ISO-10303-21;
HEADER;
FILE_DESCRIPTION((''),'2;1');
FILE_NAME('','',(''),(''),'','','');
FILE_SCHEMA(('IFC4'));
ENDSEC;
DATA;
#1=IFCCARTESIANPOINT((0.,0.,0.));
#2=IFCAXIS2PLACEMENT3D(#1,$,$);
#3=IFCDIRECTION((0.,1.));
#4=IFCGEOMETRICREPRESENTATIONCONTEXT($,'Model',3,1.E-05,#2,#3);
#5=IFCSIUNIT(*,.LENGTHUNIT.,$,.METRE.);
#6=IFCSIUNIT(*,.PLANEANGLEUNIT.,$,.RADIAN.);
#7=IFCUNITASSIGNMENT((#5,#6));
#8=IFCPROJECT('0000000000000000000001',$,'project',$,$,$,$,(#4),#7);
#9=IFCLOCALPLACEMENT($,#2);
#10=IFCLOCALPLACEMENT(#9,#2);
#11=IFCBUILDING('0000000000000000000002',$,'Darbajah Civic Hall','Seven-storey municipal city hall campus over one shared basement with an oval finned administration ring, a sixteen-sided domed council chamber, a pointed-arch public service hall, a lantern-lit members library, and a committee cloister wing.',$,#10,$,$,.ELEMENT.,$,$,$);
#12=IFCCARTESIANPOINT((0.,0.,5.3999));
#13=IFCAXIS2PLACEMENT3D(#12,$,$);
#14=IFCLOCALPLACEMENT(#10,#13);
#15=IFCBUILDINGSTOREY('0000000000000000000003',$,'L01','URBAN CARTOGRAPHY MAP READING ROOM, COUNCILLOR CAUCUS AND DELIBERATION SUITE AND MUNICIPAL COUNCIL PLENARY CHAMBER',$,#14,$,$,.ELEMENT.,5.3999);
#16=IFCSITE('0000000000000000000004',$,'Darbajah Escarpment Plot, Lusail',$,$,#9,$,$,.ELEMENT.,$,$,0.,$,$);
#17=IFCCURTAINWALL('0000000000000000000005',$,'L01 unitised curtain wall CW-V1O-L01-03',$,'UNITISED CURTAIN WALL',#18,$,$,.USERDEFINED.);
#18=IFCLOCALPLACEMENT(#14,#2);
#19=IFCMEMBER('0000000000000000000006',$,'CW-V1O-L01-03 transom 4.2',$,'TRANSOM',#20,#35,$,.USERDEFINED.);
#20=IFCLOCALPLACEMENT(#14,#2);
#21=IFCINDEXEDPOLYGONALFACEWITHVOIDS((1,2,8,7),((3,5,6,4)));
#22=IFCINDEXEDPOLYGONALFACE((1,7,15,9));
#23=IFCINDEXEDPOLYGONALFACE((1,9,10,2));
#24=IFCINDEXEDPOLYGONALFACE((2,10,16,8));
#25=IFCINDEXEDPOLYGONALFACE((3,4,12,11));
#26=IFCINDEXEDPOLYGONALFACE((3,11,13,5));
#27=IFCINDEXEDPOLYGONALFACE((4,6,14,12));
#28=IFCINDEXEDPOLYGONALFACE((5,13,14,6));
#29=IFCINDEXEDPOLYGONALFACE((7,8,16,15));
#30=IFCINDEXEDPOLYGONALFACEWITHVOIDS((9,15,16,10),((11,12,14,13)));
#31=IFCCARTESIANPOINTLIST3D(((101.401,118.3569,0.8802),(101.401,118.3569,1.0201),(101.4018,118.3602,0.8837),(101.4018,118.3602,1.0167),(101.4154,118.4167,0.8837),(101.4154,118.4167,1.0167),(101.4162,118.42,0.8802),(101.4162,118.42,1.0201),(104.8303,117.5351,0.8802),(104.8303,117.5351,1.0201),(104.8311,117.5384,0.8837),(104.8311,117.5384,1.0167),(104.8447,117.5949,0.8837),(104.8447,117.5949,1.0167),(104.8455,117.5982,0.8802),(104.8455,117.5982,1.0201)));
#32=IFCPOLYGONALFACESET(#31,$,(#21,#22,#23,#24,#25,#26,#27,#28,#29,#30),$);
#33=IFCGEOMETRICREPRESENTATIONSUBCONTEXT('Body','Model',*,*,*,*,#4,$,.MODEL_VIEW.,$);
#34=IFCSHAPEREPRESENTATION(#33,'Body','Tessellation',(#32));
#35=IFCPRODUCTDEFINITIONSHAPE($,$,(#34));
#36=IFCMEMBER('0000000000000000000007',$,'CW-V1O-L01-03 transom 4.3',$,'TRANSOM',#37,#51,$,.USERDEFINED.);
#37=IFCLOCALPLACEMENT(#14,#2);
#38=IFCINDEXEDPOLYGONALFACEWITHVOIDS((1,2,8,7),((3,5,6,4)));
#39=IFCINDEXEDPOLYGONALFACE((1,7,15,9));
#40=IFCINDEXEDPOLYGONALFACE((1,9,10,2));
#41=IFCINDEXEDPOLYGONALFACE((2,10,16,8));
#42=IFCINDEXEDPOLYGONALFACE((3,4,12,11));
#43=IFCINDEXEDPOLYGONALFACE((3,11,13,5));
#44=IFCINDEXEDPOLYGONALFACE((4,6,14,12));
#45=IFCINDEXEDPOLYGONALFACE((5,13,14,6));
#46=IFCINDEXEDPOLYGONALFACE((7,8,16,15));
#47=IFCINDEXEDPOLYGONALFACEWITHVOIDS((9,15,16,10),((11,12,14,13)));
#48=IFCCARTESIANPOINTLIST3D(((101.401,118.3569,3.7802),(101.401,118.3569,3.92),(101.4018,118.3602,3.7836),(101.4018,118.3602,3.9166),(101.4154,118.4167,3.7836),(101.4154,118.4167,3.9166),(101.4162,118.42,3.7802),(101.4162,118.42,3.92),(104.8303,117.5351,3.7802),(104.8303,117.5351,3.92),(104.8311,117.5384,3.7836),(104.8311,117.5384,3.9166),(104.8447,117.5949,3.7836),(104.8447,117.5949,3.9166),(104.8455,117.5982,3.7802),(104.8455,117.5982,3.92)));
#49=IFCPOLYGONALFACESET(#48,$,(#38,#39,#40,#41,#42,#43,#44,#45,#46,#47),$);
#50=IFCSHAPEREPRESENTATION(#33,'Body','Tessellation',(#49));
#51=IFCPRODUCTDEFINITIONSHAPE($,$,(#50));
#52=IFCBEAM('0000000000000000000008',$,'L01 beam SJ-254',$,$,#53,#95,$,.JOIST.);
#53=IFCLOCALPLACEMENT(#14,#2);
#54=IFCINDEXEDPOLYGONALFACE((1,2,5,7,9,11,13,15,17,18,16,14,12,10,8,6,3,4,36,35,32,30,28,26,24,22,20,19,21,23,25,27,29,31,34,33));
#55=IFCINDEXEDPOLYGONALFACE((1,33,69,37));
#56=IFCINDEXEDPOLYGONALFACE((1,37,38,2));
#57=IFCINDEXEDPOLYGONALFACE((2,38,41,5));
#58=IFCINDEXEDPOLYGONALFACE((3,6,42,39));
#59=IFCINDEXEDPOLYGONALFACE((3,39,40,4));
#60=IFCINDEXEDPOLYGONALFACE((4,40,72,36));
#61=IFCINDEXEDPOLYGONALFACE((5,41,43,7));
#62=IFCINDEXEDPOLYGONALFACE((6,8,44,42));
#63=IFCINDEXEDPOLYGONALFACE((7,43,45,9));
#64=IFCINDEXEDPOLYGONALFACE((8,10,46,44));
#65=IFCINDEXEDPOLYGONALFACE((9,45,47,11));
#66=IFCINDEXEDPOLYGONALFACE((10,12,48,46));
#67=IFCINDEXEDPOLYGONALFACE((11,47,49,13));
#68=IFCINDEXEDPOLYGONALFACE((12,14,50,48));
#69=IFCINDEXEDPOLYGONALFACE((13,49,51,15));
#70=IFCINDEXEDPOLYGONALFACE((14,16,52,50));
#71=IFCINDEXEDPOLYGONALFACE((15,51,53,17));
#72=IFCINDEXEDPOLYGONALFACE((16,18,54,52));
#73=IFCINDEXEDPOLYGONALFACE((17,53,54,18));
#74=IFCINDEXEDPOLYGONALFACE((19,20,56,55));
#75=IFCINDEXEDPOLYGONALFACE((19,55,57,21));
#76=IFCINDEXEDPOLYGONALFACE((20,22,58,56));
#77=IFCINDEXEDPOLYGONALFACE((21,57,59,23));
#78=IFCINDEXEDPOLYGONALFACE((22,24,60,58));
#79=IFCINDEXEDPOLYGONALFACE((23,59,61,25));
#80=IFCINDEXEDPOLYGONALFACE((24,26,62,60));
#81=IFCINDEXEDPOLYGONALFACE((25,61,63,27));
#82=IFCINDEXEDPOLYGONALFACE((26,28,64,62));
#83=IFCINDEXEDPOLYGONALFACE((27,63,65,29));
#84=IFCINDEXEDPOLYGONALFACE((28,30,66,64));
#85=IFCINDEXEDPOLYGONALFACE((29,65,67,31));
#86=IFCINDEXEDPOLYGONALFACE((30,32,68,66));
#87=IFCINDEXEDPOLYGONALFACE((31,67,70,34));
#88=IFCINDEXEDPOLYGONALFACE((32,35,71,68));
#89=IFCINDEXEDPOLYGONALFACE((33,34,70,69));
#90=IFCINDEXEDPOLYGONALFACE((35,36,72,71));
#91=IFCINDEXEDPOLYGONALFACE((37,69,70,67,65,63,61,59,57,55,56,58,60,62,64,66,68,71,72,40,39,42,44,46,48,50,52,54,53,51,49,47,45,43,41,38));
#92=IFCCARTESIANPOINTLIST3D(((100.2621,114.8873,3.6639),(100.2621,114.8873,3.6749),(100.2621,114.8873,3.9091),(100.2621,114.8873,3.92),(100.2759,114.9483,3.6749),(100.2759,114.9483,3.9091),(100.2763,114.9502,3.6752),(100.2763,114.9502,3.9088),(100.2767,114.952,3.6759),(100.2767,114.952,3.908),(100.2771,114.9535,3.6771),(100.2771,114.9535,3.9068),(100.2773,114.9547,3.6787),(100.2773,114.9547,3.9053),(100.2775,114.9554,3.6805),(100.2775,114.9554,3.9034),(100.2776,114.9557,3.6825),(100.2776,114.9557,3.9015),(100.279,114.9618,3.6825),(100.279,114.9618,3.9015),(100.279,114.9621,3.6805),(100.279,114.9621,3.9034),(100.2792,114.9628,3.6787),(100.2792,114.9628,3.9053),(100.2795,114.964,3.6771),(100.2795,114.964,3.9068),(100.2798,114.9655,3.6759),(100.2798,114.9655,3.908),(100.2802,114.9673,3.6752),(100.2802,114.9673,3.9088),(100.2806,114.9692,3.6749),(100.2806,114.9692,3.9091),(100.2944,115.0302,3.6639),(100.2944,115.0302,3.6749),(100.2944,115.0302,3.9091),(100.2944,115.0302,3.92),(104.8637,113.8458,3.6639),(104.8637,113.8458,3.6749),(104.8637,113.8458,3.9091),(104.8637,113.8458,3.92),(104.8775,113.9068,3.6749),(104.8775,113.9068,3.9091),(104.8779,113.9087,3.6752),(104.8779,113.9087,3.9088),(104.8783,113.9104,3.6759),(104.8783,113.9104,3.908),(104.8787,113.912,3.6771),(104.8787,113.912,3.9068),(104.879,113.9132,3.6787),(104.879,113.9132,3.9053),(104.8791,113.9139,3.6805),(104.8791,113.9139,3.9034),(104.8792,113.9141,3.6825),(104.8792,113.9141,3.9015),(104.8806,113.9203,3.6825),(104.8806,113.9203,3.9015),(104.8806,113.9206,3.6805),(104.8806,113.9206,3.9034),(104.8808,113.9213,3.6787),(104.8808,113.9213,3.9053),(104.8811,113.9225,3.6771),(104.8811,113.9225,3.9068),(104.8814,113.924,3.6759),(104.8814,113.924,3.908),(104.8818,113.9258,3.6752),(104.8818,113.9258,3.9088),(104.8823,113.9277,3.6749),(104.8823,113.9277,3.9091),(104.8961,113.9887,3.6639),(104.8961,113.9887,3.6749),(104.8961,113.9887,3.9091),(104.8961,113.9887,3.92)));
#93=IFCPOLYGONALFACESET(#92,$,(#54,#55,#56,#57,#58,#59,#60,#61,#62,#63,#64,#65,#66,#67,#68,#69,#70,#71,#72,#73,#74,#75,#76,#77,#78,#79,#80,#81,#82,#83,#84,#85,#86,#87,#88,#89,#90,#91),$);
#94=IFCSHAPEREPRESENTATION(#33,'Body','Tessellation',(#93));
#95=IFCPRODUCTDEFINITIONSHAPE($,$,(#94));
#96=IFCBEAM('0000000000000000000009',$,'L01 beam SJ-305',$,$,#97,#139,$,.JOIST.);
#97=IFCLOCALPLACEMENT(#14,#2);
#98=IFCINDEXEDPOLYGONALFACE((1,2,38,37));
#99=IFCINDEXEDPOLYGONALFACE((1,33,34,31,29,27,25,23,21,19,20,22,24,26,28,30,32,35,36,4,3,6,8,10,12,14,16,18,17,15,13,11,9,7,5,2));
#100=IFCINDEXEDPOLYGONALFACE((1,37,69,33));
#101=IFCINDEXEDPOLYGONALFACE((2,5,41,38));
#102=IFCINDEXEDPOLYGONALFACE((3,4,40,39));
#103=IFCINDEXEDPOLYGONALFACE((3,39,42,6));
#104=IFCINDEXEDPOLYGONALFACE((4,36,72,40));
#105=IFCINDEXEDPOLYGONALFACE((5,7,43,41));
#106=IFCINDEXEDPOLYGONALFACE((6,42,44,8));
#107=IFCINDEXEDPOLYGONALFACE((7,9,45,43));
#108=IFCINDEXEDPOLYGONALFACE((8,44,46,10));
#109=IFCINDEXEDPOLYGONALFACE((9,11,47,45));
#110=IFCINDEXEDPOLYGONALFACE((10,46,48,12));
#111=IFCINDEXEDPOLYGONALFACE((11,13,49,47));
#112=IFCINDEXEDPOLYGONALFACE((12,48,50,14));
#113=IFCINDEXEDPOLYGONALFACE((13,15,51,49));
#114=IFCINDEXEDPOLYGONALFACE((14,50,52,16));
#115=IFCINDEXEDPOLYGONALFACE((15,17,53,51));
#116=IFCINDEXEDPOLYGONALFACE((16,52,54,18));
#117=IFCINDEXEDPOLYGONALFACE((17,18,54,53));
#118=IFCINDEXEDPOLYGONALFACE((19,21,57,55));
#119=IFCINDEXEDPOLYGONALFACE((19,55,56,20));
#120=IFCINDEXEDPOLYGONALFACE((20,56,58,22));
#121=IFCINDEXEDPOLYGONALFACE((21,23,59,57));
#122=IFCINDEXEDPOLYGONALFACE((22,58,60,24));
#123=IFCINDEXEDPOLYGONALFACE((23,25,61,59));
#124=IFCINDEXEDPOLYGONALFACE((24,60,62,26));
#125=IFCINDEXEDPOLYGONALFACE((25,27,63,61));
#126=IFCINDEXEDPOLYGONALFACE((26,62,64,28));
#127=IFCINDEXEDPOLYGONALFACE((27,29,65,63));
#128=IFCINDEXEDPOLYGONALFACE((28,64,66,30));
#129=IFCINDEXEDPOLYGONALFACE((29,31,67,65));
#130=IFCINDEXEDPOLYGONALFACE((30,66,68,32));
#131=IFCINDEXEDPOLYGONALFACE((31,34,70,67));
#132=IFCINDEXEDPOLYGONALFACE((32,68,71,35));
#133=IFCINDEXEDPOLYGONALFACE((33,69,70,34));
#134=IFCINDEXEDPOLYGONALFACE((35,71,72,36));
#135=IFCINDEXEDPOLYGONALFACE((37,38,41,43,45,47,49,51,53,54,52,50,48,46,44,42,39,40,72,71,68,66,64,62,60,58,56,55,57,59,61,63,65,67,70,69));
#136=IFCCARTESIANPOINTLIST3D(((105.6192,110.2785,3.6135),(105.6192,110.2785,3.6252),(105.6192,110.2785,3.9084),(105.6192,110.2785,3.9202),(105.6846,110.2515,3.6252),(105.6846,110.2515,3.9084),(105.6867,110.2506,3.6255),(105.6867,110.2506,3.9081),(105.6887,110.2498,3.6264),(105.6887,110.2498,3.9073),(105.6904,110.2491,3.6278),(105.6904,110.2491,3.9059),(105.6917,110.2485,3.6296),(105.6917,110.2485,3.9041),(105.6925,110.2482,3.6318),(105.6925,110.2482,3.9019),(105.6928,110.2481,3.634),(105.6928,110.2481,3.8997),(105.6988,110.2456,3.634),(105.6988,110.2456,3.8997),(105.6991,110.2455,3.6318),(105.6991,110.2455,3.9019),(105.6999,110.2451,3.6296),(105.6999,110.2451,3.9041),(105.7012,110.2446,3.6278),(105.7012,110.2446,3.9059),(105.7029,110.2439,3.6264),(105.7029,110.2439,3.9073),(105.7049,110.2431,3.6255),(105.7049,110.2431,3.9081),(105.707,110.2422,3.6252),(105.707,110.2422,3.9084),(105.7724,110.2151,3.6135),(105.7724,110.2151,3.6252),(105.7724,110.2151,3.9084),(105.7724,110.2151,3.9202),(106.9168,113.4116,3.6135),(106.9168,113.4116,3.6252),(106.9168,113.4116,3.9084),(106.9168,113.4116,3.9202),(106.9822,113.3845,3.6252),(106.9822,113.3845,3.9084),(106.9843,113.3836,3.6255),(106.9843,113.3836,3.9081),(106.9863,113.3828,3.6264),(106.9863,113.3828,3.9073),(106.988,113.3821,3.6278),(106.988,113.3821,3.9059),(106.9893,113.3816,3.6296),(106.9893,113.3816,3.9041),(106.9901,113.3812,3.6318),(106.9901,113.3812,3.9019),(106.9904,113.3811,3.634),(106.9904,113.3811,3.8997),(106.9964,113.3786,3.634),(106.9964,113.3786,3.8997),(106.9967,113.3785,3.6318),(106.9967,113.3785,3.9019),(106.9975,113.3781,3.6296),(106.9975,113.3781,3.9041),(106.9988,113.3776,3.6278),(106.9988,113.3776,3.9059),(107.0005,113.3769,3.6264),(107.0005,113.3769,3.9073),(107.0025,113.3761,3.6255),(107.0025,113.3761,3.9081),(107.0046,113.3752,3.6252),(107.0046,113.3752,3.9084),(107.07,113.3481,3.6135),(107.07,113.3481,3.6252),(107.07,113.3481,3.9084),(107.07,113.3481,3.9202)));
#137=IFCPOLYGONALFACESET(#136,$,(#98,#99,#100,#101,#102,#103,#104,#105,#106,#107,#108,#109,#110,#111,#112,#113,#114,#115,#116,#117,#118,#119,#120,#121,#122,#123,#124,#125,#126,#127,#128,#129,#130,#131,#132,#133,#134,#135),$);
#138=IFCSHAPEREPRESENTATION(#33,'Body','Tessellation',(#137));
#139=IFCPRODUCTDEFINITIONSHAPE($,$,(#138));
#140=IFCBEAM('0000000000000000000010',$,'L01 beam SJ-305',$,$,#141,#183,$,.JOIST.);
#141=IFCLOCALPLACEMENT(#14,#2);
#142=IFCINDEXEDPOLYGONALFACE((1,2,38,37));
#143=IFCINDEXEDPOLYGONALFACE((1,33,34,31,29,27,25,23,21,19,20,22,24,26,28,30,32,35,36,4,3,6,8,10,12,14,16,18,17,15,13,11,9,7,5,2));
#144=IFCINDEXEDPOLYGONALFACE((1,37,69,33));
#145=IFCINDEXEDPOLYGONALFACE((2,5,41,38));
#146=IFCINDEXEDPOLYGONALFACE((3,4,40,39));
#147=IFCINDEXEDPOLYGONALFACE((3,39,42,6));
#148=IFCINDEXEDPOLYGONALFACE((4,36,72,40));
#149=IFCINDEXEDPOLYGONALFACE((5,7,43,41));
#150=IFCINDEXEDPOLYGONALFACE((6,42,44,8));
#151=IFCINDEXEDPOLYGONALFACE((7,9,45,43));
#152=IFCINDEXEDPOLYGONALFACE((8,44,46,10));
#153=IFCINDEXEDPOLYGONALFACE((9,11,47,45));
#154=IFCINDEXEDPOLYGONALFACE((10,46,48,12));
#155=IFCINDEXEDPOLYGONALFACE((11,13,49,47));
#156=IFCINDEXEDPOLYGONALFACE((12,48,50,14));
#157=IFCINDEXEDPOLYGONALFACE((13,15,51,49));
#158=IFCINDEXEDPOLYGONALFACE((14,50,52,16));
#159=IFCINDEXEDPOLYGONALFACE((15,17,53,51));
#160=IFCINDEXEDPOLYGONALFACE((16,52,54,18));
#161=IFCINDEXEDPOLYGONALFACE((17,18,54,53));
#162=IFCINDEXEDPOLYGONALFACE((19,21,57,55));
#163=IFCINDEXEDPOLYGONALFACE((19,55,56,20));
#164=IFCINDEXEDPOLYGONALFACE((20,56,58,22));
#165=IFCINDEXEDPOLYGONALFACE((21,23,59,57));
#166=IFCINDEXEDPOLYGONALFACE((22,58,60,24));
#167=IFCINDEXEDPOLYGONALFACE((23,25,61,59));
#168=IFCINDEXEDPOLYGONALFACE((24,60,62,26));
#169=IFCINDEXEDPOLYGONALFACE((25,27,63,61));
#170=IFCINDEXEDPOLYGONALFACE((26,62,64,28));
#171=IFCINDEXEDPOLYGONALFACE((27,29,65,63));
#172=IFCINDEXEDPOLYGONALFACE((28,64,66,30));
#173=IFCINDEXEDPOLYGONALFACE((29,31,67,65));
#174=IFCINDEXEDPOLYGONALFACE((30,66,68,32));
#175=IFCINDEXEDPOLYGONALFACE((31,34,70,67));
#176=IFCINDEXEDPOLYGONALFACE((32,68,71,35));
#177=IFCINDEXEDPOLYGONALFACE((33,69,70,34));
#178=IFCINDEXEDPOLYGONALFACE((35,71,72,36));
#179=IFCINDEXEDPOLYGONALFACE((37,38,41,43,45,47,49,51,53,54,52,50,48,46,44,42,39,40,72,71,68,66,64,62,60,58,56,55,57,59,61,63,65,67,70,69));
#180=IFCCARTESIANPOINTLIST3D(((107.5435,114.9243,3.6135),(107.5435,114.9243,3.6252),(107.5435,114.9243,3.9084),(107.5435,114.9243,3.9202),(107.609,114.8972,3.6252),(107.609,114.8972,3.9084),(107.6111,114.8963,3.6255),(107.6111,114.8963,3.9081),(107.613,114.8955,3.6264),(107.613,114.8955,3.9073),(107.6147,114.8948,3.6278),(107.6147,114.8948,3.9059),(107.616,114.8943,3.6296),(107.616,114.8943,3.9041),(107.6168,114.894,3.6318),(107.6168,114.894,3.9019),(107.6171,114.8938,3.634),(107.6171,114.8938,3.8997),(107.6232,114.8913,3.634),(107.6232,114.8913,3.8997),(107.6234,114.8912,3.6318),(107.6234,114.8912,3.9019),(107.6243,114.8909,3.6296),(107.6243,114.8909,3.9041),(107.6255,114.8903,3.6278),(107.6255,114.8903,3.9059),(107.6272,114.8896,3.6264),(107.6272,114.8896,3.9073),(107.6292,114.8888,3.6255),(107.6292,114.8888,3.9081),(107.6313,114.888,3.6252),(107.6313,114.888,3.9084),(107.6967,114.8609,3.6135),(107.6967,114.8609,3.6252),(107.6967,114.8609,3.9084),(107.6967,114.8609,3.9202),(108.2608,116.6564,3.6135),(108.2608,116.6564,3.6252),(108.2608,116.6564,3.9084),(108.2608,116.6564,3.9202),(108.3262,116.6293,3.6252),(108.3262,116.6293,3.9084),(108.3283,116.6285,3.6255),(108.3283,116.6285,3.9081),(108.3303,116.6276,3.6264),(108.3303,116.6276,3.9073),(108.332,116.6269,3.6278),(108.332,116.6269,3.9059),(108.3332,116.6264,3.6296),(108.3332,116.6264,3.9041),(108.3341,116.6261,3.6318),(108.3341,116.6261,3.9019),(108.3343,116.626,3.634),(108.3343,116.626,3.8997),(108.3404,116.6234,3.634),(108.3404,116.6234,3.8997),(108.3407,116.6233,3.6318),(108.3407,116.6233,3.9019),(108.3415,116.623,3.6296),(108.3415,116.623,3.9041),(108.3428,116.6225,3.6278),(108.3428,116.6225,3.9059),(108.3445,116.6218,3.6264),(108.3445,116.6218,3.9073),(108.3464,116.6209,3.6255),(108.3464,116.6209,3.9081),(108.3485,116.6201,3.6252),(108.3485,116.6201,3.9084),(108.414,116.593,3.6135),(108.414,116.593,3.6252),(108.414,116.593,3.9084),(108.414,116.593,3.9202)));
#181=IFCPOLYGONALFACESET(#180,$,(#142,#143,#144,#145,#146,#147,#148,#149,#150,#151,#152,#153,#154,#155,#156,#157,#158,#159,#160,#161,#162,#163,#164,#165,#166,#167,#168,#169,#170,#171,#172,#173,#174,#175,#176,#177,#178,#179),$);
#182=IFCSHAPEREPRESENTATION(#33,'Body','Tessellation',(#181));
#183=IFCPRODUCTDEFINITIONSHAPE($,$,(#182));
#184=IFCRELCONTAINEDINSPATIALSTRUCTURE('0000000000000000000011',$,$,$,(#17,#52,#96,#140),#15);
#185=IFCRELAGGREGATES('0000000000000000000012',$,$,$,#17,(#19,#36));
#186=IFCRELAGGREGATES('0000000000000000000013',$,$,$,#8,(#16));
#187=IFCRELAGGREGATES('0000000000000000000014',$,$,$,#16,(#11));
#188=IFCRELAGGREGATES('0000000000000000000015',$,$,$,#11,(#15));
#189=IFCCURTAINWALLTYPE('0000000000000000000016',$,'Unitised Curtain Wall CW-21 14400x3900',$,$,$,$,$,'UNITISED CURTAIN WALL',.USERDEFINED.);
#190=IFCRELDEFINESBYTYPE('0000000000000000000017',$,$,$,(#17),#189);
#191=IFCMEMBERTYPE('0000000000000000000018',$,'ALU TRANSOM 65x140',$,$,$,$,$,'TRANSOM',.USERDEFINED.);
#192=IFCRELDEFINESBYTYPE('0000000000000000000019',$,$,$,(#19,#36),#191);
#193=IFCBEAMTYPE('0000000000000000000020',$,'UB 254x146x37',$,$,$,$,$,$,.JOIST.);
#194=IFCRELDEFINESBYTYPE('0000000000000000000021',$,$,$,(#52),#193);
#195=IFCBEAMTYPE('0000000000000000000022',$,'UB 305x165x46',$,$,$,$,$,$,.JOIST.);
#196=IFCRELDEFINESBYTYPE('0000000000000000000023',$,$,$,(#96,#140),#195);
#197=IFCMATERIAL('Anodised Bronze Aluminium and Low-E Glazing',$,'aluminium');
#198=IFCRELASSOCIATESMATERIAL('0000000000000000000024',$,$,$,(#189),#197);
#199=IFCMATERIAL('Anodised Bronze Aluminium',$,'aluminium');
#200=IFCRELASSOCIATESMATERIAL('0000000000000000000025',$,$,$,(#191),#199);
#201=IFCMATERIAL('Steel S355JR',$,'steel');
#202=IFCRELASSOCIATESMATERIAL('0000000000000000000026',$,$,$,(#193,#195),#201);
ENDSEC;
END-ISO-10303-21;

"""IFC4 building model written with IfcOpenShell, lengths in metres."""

from ifc_helpers import new_model, si_unit, direction, frame, origin, origin_2d, place, context, subcontext, project, spatial, hollow_rectangle, i_section, extrude, material, material_profile, profile_set, type_object, element, aggregate, save


model = new_model("IFC4")

# Units and contexts
model_context = context("Model", 3, precision=1e-05, world=origin(), true_north=direction((0.0, 1.0)))
body_context = subcontext(model_context, "Body", "Model", "MODEL_VIEW")
ifc_project = project(units=[si_unit("LENGTHUNIT", "METRE"), si_unit("PLANEANGLEUNIT", "RADIAN")], contexts=[model_context])

# Site, building, storey
site_placement = place(None, origin())
site = spatial("IfcSite", under=ifc_project, at=site_placement, Name="Darbajah Escarpment Plot, Lusail", CompositionType="ELEMENT", RefElevation=0.0)
building_placement = place(site_placement, origin())
building = spatial("IfcBuilding", under=site, at=building_placement, Name="Darbajah Civic Hall", Description="Seven-storey municipal city hall campus over one shared basement with an oval finned administration ring, a sixteen-sided domed council chamber, a pointed-arch public service hall, a lantern-lit members library, and a committee cloister wing.", CompositionType="ELEMENT")
storey_placement = place(building_placement, frame((0.0, 0.0, 5.3999)))
storey = spatial("IfcBuildingStorey", under=building, at=storey_placement, Name="L01", Description="URBAN CARTOGRAPHY MAP READING ROOM, COUNCILLOR CAUCUS AND DELIBERATION SUITE AND MUNICIPAL COUNCIL PLENARY CHAMBER", CompositionType="ELEMENT", Elevation=5.3999)

# Shared definitions
ifc_material_1 = material(Name="Anodised Bronze Aluminium and Low-E Glazing", Category="aluminium")
ifc_material_2 = material(Name="Anodised Bronze Aluminium", Category="aluminium")

# Curtain wall
curtain_wall_type_1 = type_object("IfcCurtainWallType", Name="Unitised Curtain Wall CW-21 14400x3900", ElementType="UNITISED CURTAIN WALL", PredefinedType="USERDEFINED", material=ifc_material_1)
curtain_wall_1_placement = place(storey_placement, origin())
curtain_wall_1 = element("IfcCurtainWall", 1, at=curtain_wall_1_placement, inside=storey, type_object=curtain_wall_type_1, Name="L01 unitised curtain wall CW-V1O-L01-03", ObjectType="UNITISED CURTAIN WALL", PredefinedType="USERDEFINED")

# Members
ifc_material_profile_1 = material_profile(ifc_material_2, hollow_rectangle(XDim=0.0649, YDim=0.1399, WallThickness=0.0034, at=origin_2d()), Name="ALU TRANSOM 65x140")
ifc_profile_set_1 = profile_set([ifc_material_profile_1], Name="Anodised Bronze Aluminium")
member_type_1 = type_object("IfcMemberType", Name="ALU TRANSOM 65x140", ElementType="TRANSOM", PredefinedType="USERDEFINED", material=ifc_profile_set_1)
member_1_placement = place(storey_placement, frame((104.8379, 117.5667, 0.9502), z_axis=(-0.972466, 0.233043, 0.0), x_axis=(-0.233043, -0.972466, 0.0)))
member_1 = element("IfcMember", 2, at=member_1_placement, type_object=member_type_1, Name="CW-V1O-L01-03 transom 4.2", ObjectType="TRANSOM", PredefinedType="USERDEFINED", context=body_context, shape_type="SweptSolid", body=[
    extrude(hollow_rectangle(XDim=0.0649, YDim=0.1399, WallThickness=0.0034, at=origin_2d()), origin(), (0.0, 0.0, 1.0), 3.5264),
])
member_2_placement = place(storey_placement, frame((104.8379, 117.5667, 3.8501), z_axis=(-0.972466, 0.233043, 0.0), x_axis=(-0.233043, -0.972466, 0.0)))
member_2 = element("IfcMember", 3, at=member_2_placement, type_object=member_type_1, Name="CW-V1O-L01-03 transom 4.3", ObjectType="TRANSOM", PredefinedType="USERDEFINED", context=body_context, shape_type="SweptSolid", body=[
    extrude(hollow_rectangle(XDim=0.0649, YDim=0.1399, WallThickness=0.0034, at=origin_2d()), origin(), (0.0, 0.0, 1.0), 3.5264),
])

# Beams
ifc_material_3 = material(Name="Steel S355JR", Category="steel")
ifc_material_profile_2 = material_profile(ifc_material_3, i_section(OverallWidth=0.1465, OverallDepth=0.2561, WebThickness=0.0063, FlangeThickness=0.011, FilletRadius=0.0076, at=origin_2d()), Name="UB 254x146x37")
ifc_profile_set_2 = profile_set([ifc_material_profile_2], Name="Steel S355JR")
beam_type_1 = type_object("IfcBeamType", Name="UB 254x146x37", PredefinedType="JOIST", material=ifc_profile_set_2)
beam_1_placement = place(storey_placement, frame((104.8799, 113.9172, 3.792), z_axis=(-0.97533, 0.220753, 0.0), x_axis=(-0.220753, -0.97533, 0.0)))
element("IfcBeam", 4, at=beam_1_placement, inside=storey, type_object=beam_type_1, Name="L01 beam SJ-254", PredefinedType="JOIST", context=body_context, shape_type="SweptSolid", body=[
    extrude(i_section(OverallWidth=0.1465, OverallDepth=0.2561, WebThickness=0.0063, FlangeThickness=0.011, FilletRadius=0.0076, at=origin_2d()), origin(), (0.0, 0.0, 1.0), 4.718),
])
ifc_material_profile_3 = material_profile(ifc_material_3, i_section(OverallWidth=0.1658, OverallDepth=0.3066, WebThickness=0.0066, FlangeThickness=0.0117, FilletRadius=0.0088, at=origin_2d()), Name="UB 305x165x46")
ifc_profile_set_3 = profile_set([ifc_material_profile_3], Name="Steel S355JR")
beam_type_2 = type_object("IfcBeamType", Name="UB 305x165x46", PredefinedType="JOIST", material=ifc_profile_set_3)
beam_2_placement = place(storey_placement, frame((105.6958, 110.2468, 3.7668), z_axis=(0.382646, 0.923895, 0.0), x_axis=(-0.923895, 0.382646, 0.0)))
element("IfcBeam", 5, at=beam_2_placement, inside=storey, type_object=beam_type_2, Name="L01 beam SJ-305", PredefinedType="JOIST", context=body_context, shape_type="SweptSolid", body=[
    extrude(i_section(OverallWidth=0.1658, OverallDepth=0.3066, WebThickness=0.0066, FlangeThickness=0.0117, FilletRadius=0.0088, at=origin_2d()), origin(), (0.0, 0.0, 1.0), 3.3911),
])
beam_3_placement = place(storey_placement, frame((107.6201, 114.8926, 3.7668), z_axis=(0.382589, 0.923918, 0.0), x_axis=(-0.923918, 0.382589, 0.0)))
element("IfcBeam", 6, at=beam_3_placement, inside=storey, type_object=beam_type_2, Name="L01 beam SJ-305", PredefinedType="JOIST", context=body_context, shape_type="SweptSolid", body=[
    extrude(i_section(OverallWidth=0.1658, OverallDepth=0.3066, WebThickness=0.0066, FlangeThickness=0.0117, FilletRadius=0.0088, at=origin_2d()), origin(), (0.0, 0.0, 1.0), 1.8748),
])

aggregate(curtain_wall_1, [member_1, member_2])

save(model, "model.ifc")
